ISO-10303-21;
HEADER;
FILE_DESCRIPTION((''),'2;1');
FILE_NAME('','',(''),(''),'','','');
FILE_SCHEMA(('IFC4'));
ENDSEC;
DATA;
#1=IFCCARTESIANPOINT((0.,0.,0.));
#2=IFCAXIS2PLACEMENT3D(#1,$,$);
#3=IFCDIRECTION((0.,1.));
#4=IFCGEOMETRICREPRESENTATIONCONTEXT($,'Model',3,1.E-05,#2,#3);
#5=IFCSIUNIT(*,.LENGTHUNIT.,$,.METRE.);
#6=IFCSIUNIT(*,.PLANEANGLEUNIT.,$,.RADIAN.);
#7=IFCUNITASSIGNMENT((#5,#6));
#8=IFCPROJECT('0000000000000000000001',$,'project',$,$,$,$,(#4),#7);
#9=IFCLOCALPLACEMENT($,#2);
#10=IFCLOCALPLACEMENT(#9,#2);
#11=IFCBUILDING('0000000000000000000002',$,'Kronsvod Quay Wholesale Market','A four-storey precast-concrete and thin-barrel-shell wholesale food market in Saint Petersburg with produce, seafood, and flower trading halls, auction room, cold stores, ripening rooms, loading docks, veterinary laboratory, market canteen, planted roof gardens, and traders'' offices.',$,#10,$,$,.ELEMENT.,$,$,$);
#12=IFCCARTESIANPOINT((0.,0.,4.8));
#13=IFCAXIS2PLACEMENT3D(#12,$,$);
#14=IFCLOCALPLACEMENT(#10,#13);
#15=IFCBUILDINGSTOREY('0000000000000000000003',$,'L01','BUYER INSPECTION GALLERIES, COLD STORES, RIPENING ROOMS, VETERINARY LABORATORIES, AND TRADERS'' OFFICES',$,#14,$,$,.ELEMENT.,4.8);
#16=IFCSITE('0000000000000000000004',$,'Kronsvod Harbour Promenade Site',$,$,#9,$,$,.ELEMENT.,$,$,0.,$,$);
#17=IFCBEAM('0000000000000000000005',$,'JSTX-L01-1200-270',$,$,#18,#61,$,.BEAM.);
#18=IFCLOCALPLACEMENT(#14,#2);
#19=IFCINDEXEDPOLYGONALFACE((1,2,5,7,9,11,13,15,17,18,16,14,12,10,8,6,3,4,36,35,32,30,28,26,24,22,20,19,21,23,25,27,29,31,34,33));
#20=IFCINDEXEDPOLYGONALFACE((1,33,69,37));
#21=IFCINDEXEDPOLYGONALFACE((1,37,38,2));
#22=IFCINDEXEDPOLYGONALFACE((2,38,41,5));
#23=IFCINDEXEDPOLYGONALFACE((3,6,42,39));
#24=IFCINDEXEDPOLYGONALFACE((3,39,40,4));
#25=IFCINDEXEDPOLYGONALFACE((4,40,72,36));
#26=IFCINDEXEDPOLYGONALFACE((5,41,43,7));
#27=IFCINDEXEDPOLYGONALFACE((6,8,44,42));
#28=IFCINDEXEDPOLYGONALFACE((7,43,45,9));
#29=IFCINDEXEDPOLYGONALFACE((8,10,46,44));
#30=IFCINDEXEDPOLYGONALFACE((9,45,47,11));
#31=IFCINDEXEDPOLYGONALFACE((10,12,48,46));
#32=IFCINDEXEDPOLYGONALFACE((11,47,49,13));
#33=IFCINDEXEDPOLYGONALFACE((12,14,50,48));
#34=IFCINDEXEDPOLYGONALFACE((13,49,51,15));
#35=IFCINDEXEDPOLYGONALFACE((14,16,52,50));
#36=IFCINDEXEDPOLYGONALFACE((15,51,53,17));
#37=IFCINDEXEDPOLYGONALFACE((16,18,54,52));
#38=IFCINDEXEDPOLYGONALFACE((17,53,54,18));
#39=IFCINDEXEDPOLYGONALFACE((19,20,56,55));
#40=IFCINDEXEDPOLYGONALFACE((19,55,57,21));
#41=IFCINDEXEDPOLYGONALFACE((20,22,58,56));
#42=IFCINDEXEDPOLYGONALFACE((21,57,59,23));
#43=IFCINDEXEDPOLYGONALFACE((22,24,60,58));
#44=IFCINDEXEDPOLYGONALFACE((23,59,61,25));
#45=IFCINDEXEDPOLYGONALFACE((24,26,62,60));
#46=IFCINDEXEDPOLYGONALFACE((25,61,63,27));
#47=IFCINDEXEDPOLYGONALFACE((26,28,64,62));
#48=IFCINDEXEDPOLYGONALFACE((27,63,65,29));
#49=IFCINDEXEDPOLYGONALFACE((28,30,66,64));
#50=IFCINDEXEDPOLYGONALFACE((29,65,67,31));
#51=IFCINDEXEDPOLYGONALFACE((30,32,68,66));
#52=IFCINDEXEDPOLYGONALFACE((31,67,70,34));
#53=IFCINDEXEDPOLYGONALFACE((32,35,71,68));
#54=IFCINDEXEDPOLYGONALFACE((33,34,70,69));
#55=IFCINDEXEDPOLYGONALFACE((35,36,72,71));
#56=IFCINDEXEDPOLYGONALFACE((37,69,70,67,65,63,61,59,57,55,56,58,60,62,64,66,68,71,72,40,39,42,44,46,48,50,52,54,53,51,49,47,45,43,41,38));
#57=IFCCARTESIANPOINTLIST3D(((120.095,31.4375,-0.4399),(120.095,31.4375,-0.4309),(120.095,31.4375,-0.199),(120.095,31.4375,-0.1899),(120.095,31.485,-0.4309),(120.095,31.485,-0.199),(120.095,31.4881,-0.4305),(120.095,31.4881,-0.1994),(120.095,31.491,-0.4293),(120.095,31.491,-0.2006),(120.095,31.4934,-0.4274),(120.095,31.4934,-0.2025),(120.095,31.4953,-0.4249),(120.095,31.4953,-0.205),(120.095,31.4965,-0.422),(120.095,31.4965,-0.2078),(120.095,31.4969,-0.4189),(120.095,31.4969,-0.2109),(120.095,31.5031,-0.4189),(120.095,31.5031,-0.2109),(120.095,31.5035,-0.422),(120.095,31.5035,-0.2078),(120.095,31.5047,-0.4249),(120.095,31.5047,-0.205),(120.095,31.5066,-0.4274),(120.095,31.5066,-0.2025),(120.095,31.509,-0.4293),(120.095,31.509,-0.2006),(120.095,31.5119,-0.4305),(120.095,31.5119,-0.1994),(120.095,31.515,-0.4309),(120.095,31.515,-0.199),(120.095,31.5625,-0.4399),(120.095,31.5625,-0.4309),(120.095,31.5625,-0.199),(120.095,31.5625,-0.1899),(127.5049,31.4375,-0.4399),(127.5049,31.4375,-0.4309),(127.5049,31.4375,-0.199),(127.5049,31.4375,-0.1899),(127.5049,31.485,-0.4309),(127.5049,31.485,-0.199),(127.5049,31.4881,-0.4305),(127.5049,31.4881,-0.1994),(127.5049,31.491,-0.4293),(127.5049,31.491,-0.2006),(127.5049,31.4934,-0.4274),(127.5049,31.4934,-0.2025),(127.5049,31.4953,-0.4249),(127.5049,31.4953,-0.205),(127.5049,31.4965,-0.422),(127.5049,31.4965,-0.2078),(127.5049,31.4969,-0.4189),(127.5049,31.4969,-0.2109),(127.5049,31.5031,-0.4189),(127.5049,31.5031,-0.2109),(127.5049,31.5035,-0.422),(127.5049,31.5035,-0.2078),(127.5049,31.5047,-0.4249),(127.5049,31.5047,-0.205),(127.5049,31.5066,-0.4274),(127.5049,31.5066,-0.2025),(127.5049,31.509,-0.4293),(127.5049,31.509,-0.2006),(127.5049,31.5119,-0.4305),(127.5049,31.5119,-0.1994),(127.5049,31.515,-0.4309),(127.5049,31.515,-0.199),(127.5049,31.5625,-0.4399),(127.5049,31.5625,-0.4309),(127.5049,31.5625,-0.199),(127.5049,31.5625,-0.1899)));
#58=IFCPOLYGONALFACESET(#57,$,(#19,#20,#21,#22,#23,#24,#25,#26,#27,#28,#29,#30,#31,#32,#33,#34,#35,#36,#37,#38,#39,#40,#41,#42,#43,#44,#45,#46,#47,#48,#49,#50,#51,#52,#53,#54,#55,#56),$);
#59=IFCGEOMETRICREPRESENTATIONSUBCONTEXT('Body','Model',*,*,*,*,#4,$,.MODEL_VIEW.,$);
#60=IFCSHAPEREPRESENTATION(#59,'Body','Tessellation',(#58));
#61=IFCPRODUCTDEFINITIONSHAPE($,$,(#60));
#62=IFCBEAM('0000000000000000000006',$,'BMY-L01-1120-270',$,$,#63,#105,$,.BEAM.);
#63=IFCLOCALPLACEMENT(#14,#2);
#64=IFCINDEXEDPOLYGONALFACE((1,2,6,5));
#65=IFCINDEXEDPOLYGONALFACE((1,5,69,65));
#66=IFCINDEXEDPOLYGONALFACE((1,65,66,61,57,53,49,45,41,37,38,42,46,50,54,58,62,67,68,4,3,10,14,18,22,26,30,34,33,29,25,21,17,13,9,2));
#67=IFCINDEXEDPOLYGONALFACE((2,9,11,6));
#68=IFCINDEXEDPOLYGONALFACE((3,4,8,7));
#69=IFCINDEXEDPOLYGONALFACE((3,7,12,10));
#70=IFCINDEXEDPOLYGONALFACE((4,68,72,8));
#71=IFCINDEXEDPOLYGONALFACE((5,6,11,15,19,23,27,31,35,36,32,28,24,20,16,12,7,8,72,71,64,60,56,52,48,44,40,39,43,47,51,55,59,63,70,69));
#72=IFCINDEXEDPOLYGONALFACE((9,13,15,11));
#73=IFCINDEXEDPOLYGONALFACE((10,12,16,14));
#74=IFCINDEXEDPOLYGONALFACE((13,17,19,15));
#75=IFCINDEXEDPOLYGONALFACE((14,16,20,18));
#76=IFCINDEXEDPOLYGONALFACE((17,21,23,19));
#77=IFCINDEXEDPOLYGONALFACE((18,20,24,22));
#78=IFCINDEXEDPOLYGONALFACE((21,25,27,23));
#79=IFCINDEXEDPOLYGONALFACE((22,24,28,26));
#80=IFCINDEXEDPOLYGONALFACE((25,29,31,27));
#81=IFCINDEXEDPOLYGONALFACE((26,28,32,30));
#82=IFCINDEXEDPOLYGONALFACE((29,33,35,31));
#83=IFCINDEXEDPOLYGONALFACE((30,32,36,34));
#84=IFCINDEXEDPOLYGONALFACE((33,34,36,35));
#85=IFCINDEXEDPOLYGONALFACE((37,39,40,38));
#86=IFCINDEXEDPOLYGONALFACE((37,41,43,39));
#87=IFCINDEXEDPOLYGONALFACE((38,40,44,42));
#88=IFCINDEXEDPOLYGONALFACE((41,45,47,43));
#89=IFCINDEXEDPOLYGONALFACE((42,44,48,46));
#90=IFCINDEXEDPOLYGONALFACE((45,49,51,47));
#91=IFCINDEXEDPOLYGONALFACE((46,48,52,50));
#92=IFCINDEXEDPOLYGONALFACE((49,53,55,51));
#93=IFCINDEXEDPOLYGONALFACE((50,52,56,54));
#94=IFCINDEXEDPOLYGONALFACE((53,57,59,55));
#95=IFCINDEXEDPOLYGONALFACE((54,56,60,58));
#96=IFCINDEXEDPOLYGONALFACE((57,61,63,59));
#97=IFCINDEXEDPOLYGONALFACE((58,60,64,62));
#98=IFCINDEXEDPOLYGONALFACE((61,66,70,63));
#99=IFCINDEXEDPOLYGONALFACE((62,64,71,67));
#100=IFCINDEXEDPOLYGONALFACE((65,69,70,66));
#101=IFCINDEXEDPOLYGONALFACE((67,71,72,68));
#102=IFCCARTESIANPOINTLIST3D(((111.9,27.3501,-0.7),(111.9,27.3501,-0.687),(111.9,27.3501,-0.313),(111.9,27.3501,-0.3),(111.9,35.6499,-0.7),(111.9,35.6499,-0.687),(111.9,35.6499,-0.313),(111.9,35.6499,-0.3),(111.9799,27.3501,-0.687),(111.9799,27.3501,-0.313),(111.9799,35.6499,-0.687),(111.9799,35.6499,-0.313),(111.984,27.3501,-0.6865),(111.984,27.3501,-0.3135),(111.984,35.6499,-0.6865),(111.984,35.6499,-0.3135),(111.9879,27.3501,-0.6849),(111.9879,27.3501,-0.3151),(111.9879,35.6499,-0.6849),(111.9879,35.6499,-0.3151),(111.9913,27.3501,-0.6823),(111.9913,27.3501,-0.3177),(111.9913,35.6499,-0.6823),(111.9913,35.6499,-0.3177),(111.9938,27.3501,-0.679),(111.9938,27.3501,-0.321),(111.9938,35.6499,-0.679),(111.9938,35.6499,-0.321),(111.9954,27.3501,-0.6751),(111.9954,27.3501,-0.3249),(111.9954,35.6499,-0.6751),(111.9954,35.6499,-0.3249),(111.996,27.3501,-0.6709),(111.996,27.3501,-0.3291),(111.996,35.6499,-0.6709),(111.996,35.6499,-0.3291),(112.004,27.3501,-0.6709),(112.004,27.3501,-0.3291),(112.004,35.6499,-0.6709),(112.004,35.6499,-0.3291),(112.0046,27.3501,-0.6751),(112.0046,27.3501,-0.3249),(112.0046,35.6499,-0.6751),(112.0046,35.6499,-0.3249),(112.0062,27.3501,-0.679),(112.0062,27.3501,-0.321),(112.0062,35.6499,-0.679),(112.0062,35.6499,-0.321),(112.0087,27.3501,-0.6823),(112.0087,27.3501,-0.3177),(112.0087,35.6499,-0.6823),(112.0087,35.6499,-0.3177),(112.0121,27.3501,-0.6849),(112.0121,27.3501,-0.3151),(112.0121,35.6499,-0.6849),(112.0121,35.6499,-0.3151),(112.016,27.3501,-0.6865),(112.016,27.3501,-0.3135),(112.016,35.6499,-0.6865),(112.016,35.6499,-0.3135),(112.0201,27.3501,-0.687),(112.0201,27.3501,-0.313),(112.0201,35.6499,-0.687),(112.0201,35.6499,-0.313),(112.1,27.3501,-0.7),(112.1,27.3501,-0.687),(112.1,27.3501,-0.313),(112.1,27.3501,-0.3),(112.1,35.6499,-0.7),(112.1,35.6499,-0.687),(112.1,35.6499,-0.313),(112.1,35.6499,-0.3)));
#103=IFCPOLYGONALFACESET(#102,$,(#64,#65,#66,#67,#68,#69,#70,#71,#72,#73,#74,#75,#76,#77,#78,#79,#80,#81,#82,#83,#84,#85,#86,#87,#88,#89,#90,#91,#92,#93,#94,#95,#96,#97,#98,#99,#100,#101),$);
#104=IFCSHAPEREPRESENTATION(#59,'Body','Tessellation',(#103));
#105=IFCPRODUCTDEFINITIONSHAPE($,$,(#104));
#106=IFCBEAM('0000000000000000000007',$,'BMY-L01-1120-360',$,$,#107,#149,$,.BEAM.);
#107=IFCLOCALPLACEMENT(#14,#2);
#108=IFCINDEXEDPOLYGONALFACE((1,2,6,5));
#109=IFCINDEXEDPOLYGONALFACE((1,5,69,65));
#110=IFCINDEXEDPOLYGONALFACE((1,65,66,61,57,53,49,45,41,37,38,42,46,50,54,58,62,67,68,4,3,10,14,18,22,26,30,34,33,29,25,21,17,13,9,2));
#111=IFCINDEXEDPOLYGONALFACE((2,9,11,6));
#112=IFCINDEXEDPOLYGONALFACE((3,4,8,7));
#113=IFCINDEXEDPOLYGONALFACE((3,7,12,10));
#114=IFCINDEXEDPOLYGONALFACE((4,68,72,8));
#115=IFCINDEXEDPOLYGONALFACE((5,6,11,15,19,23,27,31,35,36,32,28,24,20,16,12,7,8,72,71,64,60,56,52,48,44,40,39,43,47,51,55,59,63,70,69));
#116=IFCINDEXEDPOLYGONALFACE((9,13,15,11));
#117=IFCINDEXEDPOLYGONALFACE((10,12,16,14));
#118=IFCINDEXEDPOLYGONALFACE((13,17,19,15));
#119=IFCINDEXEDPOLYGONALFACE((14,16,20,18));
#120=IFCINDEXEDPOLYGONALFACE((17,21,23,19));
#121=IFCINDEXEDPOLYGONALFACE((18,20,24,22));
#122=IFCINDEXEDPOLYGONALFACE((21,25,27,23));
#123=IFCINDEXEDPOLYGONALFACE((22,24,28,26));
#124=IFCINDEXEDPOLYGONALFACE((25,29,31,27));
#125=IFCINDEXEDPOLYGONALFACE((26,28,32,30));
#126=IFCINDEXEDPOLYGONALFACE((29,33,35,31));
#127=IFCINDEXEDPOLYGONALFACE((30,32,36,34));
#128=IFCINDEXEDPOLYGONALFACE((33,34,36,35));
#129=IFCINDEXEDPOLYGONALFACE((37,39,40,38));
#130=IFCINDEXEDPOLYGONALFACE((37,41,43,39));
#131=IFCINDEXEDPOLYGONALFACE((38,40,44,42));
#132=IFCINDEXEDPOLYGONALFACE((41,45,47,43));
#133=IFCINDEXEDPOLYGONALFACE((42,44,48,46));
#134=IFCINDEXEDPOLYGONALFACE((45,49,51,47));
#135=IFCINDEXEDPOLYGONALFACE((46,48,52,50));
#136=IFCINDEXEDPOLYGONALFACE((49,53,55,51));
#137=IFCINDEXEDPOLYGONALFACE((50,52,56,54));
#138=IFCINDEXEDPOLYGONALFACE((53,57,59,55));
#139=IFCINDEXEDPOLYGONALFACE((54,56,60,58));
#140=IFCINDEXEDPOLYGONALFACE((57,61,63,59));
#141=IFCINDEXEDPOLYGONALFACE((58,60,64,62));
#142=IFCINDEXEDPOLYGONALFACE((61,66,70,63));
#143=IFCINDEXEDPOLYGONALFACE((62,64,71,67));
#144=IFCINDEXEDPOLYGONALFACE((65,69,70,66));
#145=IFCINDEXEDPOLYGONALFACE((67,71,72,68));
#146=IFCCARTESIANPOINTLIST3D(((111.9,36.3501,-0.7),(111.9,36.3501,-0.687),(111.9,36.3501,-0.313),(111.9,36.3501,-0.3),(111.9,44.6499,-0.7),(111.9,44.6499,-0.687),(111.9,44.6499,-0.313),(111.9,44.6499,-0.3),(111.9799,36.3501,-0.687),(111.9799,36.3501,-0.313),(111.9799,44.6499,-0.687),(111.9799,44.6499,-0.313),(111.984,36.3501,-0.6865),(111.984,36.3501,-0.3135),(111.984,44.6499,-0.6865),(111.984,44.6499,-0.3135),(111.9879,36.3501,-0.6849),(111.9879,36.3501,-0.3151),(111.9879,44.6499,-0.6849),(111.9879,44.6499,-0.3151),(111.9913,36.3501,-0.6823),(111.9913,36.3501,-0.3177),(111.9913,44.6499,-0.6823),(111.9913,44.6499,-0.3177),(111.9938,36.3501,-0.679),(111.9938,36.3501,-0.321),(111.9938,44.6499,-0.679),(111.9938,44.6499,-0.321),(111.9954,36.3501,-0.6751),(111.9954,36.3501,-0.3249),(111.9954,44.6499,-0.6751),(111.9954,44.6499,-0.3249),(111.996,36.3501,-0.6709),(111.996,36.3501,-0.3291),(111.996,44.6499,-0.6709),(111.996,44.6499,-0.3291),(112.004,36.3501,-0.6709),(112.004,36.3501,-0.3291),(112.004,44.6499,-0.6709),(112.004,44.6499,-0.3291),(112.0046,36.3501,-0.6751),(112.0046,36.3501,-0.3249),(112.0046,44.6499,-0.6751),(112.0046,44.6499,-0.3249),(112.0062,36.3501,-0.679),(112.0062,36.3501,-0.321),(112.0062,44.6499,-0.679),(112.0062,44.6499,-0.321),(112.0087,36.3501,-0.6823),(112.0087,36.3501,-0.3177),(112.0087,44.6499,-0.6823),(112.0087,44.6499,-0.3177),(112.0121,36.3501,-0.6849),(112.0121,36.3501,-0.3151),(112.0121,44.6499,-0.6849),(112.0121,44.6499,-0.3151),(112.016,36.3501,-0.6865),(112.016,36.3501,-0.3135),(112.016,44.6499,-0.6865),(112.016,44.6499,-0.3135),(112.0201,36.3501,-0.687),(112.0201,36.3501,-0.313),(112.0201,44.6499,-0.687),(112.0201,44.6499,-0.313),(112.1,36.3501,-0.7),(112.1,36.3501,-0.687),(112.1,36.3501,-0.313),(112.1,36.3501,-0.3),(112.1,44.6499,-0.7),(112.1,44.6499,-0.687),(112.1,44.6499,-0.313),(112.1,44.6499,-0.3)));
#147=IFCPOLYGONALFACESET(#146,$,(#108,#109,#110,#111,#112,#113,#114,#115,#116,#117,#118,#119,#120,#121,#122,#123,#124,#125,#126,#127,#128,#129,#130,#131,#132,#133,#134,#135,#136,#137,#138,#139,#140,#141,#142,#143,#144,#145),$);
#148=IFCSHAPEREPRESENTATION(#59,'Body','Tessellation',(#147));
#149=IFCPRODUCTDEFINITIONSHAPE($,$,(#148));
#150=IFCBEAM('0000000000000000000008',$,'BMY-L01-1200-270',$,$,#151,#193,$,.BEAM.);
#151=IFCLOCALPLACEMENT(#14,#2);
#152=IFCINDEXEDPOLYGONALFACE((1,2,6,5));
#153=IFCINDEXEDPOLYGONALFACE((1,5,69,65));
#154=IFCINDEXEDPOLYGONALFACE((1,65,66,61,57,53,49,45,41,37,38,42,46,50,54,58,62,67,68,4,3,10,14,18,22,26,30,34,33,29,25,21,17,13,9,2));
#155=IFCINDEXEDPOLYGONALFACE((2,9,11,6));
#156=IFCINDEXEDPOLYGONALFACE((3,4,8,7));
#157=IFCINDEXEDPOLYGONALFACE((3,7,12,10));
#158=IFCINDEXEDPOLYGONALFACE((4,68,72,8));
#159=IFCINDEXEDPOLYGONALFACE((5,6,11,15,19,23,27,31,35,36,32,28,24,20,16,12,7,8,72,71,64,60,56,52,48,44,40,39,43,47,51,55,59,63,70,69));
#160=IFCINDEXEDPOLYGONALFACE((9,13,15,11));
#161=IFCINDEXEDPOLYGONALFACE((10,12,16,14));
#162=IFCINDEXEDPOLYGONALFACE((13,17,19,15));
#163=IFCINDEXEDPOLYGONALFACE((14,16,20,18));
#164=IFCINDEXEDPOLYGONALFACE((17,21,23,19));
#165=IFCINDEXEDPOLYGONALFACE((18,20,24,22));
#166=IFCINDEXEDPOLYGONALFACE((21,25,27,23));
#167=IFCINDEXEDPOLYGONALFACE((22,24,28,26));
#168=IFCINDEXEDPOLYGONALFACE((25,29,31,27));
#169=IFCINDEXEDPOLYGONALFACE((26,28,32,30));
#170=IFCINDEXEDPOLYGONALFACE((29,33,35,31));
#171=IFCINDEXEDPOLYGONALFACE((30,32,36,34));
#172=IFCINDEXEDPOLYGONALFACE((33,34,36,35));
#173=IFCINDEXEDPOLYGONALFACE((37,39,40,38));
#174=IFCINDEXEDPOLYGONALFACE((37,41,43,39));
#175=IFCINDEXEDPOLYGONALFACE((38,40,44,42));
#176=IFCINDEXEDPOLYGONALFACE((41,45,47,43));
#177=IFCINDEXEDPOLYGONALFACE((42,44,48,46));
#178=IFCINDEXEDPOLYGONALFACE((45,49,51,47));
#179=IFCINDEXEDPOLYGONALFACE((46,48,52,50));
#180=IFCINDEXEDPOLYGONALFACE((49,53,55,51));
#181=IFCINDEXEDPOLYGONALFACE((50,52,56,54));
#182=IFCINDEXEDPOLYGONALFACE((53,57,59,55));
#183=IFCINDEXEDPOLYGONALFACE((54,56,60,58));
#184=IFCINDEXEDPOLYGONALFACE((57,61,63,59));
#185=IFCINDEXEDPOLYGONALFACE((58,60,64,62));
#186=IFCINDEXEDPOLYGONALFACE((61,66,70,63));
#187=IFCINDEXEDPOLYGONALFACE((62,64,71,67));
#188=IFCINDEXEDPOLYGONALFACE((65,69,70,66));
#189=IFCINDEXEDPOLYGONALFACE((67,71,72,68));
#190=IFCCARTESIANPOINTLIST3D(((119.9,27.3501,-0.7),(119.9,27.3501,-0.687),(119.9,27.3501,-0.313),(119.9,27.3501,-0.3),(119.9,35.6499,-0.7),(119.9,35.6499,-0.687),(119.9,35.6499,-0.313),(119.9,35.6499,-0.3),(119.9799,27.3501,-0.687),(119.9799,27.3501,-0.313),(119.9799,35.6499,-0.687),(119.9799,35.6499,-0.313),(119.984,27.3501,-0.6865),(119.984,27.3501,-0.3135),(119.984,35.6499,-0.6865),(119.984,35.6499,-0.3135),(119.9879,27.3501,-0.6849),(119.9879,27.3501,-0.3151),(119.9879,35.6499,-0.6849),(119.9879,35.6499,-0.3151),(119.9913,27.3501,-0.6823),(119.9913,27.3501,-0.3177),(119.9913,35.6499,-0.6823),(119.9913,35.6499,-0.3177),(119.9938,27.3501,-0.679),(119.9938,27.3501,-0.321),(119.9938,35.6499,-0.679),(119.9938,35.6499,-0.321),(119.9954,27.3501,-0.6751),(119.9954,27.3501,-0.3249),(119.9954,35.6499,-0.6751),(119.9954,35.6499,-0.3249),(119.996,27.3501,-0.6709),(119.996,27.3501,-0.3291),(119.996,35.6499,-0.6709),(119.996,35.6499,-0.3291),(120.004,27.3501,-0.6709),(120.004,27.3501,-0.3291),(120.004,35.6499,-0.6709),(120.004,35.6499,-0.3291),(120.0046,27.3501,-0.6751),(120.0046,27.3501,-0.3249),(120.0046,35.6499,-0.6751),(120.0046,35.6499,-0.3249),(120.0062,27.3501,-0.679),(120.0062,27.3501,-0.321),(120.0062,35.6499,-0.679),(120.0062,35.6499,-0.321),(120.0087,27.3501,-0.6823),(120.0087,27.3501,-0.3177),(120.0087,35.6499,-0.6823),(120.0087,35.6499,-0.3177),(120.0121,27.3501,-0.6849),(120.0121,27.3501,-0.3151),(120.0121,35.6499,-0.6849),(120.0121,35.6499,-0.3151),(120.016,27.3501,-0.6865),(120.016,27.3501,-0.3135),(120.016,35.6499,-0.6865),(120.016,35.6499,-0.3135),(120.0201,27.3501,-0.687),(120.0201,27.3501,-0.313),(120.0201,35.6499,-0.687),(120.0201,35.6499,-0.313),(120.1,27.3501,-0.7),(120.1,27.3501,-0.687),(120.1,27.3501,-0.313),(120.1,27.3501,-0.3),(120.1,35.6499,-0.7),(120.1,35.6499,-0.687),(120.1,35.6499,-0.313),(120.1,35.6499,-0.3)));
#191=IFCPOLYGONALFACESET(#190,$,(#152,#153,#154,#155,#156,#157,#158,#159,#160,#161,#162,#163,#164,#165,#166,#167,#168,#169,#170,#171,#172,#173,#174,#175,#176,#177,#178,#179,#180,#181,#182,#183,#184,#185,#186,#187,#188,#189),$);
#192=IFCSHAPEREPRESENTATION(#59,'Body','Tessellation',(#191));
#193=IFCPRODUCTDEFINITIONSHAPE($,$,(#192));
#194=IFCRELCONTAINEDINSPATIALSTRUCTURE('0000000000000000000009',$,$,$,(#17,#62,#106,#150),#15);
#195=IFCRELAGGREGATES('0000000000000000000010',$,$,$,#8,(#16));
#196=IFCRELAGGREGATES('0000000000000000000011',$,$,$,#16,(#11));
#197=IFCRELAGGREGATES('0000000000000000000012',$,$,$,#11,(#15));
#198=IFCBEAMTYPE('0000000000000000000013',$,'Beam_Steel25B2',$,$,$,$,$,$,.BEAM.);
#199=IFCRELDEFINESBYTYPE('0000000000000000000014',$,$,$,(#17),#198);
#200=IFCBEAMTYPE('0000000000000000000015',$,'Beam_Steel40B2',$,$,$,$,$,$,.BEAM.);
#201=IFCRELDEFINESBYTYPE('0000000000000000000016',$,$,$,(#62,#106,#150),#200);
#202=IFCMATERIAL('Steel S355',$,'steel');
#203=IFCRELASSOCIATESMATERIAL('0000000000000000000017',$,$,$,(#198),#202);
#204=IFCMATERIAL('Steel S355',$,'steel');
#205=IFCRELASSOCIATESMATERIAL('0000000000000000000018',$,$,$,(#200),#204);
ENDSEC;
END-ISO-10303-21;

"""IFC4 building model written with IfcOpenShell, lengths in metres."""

from ifc_helpers import new_model, si_unit, direction, frame, origin, origin_2d, place, context, subcontext, project, spatial, i_section, extrude, material, material_profile, profile_set, type_object, element, save


model = new_model("IFC4")

# Units and contexts
model_context = context("Model", 3, precision=1e-05, world=origin(), true_north=direction((0.0, 1.0)))
body_context = subcontext(model_context, "Body", "Model", "MODEL_VIEW")
ifc_project = project(units=[si_unit("LENGTHUNIT", "METRE"), si_unit("PLANEANGLEUNIT", "RADIAN")], contexts=[model_context])

# Site, building, storey
site_placement = place(None, origin())
site = spatial("IfcSite", under=ifc_project, at=site_placement, Name="Kronsvod Harbour Promenade Site", CompositionType="ELEMENT", RefElevation=0.0)
building_placement = place(site_placement, origin())
building = spatial("IfcBuilding", under=site, at=building_placement, Name="Kronsvod Quay Wholesale Market", Description="A four-storey precast-concrete and thin-barrel-shell wholesale food market in Saint Petersburg with produce, seafood, and flower trading halls, auction room, cold stores, ripening rooms, loading docks, veterinary laboratory, market canteen, planted roof gardens, and traders' offices.", CompositionType="ELEMENT")
storey_placement = place(building_placement, frame((0.0, 0.0, 4.8)))
storey = spatial("IfcBuildingStorey", under=building, at=storey_placement, Name="L01", Description="BUYER INSPECTION GALLERIES, COLD STORES, RIPENING ROOMS, VETERINARY LABORATORIES, AND TRADERS' OFFICES", CompositionType="ELEMENT", Elevation=4.8)

# Beams
ifc_material_1 = material(Name="Steel S355", Category="steel")
ifc_material_profile_1 = material_profile(ifc_material_1, i_section(OverallWidth=0.125, OverallDepth=0.25, WebThickness=0.0061, FlangeThickness=0.009, FilletRadius=0.012, at=origin_2d()), Name="25B2")
ifc_profile_set_1 = profile_set([ifc_material_profile_1], Name="Steel S355")
beam_type_1 = type_object("IfcBeamType", Name="Beam_Steel25B2", PredefinedType="BEAM", material=ifc_profile_set_1)
beam_1_placement = place(storey_placement, frame((120.095, 31.5, -0.3149), z_axis=(1.0, 0.0, 0.0), x_axis=(0.0, 1.0, 0.0)))
element("IfcBeam", 1, at=beam_1_placement, inside=storey, type_object=beam_type_1, Name="JSTX-L01-1200-270", PredefinedType="BEAM", context=body_context, shape_type="SweptSolid", body=[
    extrude(i_section(OverallWidth=0.125, OverallDepth=0.25, WebThickness=0.0061, FlangeThickness=0.009, FilletRadius=0.012, at=origin_2d()), origin(), (0.0, 0.0, 1.0), 7.4099),
])
ifc_material_2 = material(Name="Steel S355", Category="steel")
ifc_material_profile_2 = material_profile(ifc_material_2, i_section(OverallWidth=0.2, OverallDepth=0.3999, WebThickness=0.0081, FlangeThickness=0.0129, FilletRadius=0.0161, at=origin_2d()), Name="40B2")
ifc_profile_set_2 = profile_set([ifc_material_profile_2], Name="Steel S355")
beam_type_2 = type_object("IfcBeamType", Name="Beam_Steel40B2", PredefinedType="BEAM", material=ifc_profile_set_2)
for number, where, z_axis, x_axis, name in (
    (2, (112.0, 27.3501, -0.5), (0.0, 1.0, 0.0), (-1.0, 0.0, 0.0), "BMY-L01-1120-270"),
    (3, (112.0, 36.3501, -0.5), (0.0, 1.0, 0.0), (-1.0, 0.0, 0.0), "BMY-L01-1120-360"),
    (4, (120.0, 27.3501, -0.5), (0.0, 1.0, 0.0), (-1.0, 0.0, 0.0), "BMY-L01-1200-270"),
):
    element("IfcBeam", number, at=place(storey_placement, frame(where, z_axis=z_axis, x_axis=x_axis)), inside=storey, type_object=beam_type_2, Name=name, PredefinedType="BEAM", context=body_context, shape_type="SweptSolid", body=[
        extrude(i_section(OverallWidth=0.2, OverallDepth=0.3999, WebThickness=0.0081, FlangeThickness=0.0129, FilletRadius=0.0161, at=origin_2d()), origin(), (0.0, 0.0, 1.0), 8.2998),
    ])

save(model, "model.ifc")
